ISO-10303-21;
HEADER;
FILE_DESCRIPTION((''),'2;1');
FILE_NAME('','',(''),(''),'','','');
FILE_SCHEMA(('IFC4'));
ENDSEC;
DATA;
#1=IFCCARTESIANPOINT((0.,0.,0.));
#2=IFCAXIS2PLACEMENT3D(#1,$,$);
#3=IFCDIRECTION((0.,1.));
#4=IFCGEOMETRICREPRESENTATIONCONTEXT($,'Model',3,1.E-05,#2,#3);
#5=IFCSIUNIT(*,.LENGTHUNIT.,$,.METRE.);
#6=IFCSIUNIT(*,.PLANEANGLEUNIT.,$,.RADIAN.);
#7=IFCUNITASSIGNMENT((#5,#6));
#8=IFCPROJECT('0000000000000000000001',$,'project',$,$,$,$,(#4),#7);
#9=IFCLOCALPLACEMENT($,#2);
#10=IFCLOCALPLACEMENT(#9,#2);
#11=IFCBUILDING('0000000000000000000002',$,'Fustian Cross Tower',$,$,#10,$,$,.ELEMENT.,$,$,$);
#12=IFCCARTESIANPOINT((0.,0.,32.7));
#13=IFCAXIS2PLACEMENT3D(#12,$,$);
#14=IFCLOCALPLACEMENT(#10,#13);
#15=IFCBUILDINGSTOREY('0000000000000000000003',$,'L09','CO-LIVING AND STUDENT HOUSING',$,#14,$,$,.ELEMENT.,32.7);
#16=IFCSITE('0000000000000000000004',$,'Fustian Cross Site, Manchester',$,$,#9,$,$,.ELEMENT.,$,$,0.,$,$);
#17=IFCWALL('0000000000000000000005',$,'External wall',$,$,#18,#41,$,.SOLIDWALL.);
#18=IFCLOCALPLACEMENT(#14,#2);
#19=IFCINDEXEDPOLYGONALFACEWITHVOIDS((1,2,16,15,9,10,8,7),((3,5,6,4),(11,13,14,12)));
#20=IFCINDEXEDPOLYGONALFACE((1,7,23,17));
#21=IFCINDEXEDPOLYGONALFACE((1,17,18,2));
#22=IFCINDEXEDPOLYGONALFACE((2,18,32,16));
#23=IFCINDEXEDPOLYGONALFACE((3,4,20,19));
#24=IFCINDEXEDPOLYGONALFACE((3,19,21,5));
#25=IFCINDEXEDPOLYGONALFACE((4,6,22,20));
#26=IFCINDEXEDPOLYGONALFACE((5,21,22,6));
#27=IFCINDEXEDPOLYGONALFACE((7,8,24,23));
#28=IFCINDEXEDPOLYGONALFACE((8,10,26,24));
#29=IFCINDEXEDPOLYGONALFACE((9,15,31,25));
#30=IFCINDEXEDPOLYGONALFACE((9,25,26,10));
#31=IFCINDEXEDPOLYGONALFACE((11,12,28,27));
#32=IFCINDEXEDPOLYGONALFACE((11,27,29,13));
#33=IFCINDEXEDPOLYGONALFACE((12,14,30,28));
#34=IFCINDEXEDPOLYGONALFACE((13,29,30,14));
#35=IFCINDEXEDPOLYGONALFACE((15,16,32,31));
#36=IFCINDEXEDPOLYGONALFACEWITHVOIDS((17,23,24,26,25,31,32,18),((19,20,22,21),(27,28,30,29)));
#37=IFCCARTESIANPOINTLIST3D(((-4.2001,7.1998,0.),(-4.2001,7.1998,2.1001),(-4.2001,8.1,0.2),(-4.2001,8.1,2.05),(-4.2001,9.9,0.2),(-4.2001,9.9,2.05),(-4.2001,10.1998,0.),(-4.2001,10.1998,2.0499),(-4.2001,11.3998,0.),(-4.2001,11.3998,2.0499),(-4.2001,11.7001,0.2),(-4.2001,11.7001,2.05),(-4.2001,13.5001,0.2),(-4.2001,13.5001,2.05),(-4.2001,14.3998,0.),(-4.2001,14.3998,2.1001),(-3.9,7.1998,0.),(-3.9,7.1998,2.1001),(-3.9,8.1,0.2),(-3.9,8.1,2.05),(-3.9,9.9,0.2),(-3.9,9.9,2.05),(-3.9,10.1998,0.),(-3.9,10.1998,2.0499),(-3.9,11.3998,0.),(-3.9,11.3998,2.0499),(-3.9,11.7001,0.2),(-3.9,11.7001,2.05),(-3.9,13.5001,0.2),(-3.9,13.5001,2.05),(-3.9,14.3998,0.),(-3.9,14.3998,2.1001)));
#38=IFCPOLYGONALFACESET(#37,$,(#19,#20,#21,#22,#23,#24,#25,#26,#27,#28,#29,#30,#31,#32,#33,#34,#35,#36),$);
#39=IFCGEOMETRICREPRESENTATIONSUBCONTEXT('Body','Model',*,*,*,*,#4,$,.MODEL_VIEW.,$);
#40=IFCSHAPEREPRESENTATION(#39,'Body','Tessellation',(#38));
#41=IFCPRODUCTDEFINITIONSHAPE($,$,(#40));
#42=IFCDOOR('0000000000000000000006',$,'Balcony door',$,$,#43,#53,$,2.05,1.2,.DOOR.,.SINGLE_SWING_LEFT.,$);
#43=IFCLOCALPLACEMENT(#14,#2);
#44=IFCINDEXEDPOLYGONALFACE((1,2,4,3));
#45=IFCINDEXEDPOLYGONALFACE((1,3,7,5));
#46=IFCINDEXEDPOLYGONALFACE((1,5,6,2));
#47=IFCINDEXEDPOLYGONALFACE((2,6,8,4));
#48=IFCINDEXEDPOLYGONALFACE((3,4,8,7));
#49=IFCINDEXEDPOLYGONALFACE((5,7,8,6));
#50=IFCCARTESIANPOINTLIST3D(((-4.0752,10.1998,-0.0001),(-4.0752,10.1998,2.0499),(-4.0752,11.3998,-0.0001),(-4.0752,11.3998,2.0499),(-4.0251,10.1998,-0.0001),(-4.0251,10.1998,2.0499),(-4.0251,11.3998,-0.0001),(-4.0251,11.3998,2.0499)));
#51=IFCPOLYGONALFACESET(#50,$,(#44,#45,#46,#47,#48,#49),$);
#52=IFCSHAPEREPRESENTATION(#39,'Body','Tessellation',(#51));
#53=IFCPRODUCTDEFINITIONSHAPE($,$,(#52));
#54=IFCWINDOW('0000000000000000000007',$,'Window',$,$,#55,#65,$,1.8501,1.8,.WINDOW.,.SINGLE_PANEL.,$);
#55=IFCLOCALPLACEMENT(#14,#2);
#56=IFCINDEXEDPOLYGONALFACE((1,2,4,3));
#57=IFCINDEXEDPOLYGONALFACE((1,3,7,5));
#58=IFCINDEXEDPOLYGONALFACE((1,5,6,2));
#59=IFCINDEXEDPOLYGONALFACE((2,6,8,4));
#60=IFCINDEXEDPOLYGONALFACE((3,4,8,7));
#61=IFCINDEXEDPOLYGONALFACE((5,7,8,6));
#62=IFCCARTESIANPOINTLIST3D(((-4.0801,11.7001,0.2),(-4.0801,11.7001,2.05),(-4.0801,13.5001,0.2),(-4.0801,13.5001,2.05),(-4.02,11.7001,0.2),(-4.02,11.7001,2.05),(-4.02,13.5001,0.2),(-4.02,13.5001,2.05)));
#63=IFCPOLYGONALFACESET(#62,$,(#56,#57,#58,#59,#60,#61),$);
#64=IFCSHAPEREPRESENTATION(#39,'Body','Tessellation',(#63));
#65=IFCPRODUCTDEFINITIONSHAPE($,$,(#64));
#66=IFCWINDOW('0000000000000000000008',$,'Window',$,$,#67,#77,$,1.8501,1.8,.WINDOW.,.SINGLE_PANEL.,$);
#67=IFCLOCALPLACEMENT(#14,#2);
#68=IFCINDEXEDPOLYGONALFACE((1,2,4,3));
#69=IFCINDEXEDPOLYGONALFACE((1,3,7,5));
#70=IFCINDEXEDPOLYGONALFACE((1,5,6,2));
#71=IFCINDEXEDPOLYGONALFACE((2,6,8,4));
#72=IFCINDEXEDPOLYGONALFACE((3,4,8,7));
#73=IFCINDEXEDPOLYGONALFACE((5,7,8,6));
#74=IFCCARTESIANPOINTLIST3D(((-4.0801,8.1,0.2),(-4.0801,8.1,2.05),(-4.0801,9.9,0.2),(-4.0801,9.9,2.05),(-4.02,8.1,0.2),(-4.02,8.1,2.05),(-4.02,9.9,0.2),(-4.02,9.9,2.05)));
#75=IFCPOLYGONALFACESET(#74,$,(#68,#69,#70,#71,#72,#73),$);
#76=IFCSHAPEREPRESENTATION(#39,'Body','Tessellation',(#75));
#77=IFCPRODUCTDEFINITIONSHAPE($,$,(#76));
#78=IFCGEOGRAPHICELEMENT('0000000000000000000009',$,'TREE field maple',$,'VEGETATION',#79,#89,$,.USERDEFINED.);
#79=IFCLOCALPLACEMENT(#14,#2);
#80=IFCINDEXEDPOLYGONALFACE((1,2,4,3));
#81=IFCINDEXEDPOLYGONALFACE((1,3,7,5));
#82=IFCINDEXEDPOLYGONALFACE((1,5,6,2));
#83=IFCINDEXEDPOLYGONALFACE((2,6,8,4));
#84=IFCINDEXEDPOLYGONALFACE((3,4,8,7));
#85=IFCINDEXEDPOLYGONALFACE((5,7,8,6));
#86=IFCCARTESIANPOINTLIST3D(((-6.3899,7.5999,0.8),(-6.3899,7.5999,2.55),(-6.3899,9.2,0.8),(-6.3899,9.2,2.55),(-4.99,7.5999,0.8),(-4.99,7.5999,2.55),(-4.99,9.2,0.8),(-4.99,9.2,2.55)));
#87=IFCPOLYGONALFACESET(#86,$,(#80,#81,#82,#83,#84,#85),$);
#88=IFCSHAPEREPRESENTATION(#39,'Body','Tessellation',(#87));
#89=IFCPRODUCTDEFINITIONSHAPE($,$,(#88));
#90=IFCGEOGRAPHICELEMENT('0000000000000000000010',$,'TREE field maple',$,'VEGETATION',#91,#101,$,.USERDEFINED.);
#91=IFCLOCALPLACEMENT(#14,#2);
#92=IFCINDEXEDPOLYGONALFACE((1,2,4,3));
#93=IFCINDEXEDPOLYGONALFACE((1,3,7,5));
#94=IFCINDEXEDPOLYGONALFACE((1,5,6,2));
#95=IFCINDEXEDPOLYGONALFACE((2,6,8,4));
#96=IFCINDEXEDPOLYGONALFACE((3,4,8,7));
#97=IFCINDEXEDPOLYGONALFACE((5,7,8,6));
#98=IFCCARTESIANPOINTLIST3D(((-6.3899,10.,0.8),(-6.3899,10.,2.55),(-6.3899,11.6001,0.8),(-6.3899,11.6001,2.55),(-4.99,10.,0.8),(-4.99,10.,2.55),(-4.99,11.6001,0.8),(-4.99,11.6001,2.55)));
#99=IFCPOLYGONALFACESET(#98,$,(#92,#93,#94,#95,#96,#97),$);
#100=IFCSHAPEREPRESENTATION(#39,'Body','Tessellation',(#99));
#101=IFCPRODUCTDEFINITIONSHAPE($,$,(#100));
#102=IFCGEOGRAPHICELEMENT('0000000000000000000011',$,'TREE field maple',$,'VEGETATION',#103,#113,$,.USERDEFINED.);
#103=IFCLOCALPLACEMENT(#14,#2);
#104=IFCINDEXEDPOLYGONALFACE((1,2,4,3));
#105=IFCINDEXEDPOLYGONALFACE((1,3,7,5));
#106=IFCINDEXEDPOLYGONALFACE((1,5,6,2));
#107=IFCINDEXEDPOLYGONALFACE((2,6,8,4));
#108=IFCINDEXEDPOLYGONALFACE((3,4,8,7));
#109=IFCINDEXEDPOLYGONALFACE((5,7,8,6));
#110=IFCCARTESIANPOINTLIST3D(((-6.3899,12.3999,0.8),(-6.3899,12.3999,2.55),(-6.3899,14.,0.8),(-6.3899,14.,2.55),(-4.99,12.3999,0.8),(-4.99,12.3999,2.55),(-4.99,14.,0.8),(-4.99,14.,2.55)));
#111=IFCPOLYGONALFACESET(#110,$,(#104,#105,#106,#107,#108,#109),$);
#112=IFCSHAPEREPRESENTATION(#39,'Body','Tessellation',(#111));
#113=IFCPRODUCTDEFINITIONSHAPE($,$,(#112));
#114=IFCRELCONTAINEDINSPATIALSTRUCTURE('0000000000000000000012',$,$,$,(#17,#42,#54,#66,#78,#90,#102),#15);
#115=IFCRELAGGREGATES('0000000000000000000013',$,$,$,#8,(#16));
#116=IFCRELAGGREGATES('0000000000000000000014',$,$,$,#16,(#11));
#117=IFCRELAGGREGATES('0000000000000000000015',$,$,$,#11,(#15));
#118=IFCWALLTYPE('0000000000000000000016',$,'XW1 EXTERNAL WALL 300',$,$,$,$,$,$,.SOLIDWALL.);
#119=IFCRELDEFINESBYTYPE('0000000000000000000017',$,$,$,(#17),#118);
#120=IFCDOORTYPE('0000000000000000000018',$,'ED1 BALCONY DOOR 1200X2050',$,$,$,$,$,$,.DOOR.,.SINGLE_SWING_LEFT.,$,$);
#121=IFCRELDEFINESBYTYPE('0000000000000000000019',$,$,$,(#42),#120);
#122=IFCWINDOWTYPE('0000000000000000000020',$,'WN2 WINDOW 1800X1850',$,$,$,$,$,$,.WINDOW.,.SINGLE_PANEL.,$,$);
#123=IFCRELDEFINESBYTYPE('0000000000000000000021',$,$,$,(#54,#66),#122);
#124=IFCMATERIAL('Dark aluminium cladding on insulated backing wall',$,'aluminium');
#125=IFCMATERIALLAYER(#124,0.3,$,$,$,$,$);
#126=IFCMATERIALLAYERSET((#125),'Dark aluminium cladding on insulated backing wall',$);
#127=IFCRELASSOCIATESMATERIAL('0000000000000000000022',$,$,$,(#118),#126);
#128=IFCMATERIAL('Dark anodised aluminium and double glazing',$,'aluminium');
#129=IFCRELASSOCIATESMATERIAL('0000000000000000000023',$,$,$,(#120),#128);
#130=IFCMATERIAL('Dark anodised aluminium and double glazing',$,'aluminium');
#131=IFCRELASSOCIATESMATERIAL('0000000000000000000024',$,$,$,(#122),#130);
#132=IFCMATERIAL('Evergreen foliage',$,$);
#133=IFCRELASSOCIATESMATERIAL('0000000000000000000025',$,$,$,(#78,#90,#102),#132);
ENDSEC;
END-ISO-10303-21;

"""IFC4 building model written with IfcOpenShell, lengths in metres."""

from ifc_helpers import new_model, si_unit, direction, frame, frame_2d, origin, origin_2d, place, context, subcontext, project, spatial, rectangle, extrude, material, layer, layer_set, type_object, element, fill, save


model = new_model("IFC4")

# Units and contexts
model_context = context("Model", 3, precision=1e-05, world=origin(), true_north=direction((0.0, 1.0)))
body_context = subcontext(model_context, "Body", "Model", "MODEL_VIEW")
ifc_project = project(units=[si_unit("LENGTHUNIT", "METRE"), si_unit("PLANEANGLEUNIT", "RADIAN")], contexts=[model_context])

# Site, building, storey
site_placement = place(None, origin())
site = spatial("IfcSite", under=ifc_project, at=site_placement, Name="Fustian Cross Site, Manchester", CompositionType="ELEMENT", RefElevation=0.0)
building_placement = place(site_placement, origin())
building = spatial("IfcBuilding", under=site, at=building_placement, Name="Fustian Cross Tower", CompositionType="ELEMENT")
storey_placement = place(building_placement, frame((0.0, 0.0, 32.7)))
storey = spatial("IfcBuildingStorey", under=building, at=storey_placement, Name="L09", Description="CO-LIVING AND STUDENT HOUSING", CompositionType="ELEMENT", Elevation=32.7)

# Shared definitions
ifc_material_1 = material(Name="Dark aluminium cladding on insulated backing wall", Category="aluminium")
ifc_layer_1 = layer(ifc_material_1, 0.3)
ifc_layer_set_1 = layer_set([ifc_layer_1], Name="Dark aluminium cladding on insulated backing wall")
wall_type_1 = type_object("IfcWallType", Name="XW1 EXTERNAL WALL 300", PredefinedType="SOLIDWALL", material=ifc_layer_set_1)

# Wall, openings, door, windows
wall_1_placement = place(storey_placement, frame((-4.05, 14.3999, 0.0), z_axis=(0.0, 0.0, 1.0), x_axis=(0.0, -1.0, 0.0)))
wall_1 = element("IfcWall", 1, at=wall_1_placement, inside=storey, type_object=wall_type_1, Name="External wall", PredefinedType="SOLIDWALL", context=body_context, shape_type="SweptSolid", body=[
    extrude(rectangle(XDim=7.2, YDim=0.3, at=frame_2d((3.6001, 0.0))), origin(), (0.0, 0.0, 1.0), 2.1001),
])
opening_1_placement = place(wall_1_placement, frame((3.0, 0.0, 0.0)))
opening_1 = element("IfcOpeningElement", 2, at=opening_1_placement, cuts=wall_1, PredefinedType="OPENING", context=body_context, shape_type="SweptSolid", body=[
    extrude(rectangle(XDim=1.2, YDim=2.05, at=frame_2d((0.6001, 1.0249))), frame((0.0, 0.1599, 0.0), z_axis=(0.0, -1.0, 0.0), x_axis=(1.0, 0.0, 0.0)), (0.0, 0.0, 1.0), 0.3201),
])
opening_2_placement = place(wall_1_placement, frame((0.8999, 0.0, 0.2)))
opening_2 = element("IfcOpeningElement", 3, at=opening_2_placement, cuts=wall_1, PredefinedType="OPENING", context=body_context, shape_type="SweptSolid", body=[
    extrude(rectangle(XDim=1.8, YDim=1.8501, at=frame_2d((0.8999, 0.925))), frame((0.0, 0.1599, 0.0), z_axis=(0.0, -1.0, 0.0), x_axis=(1.0, 0.0, 0.0)), (0.0, 0.0, 1.0), 0.3201),
])
opening_3_placement = place(wall_1_placement, frame((4.5, 0.0, 0.2)))
opening_3 = element("IfcOpeningElement", 4, at=opening_3_placement, cuts=wall_1, PredefinedType="OPENING", context=body_context, shape_type="SweptSolid", body=[
    extrude(rectangle(XDim=1.8, YDim=1.8501, at=frame_2d((0.8999, 0.925))), frame((0.0, 0.1599, 0.0), z_axis=(0.0, -1.0, 0.0), x_axis=(1.0, 0.0, 0.0)), (0.0, 0.0, 1.0), 0.3201),
])
ifc_material_2 = material(Name="Dark anodised aluminium and double glazing", Category="aluminium")
door_type_1 = type_object("IfcDoorType", Name="ED1 BALCONY DOOR 1200X2050", OperationType="SINGLE_SWING_LEFT", PredefinedType="DOOR", material=ifc_material_2)
door_1_placement = place(opening_1_placement, origin())
door_1 = element("IfcDoor", 5, at=door_1_placement, inside=storey, type_object=door_type_1, Name="Balcony door", OperationType="SINGLE_SWING_LEFT", OverallHeight=2.05, OverallWidth=1.2, PredefinedType="DOOR", context=body_context, shape_type="SweptSolid", body=[
    extrude(rectangle(XDim=1.2, YDim=2.05, at=frame_2d((0.6001, 1.0249))), frame((0.0, 0.0249, 0.0), z_axis=(0.0, -1.0, 0.0), x_axis=(1.0, 0.0, 0.0)), (0.0, 0.0, 1.0), 0.05),
])
fill(opening_1, door_1)
ifc_material_3 = material(Name="Dark anodised aluminium and double glazing", Category="aluminium")
window_type_1 = type_object("IfcWindowType", Name="WN2 WINDOW 1800X1850", PartitioningType="SINGLE_PANEL", PredefinedType="WINDOW", material=ifc_material_3)
window_1_placement = place(opening_2_placement, origin())
window_1 = element("IfcWindow", 6, at=window_1_placement, inside=storey, type_object=window_type_1, Name="Window", OverallHeight=1.8501, OverallWidth=1.8, PartitioningType="SINGLE_PANEL", PredefinedType="WINDOW", context=body_context, shape_type="SweptSolid", body=[
    extrude(rectangle(XDim=1.8, YDim=1.8501, at=frame_2d((0.8999, 0.925))), frame((0.0, 0.03, 0.0), z_axis=(0.0, -1.0, 0.0), x_axis=(1.0, 0.0, 0.0)), (0.0, 0.0, 1.0), 0.0601),
])
fill(opening_2, window_1)
window_2_placement = place(opening_3_placement, origin())
window_2 = element("IfcWindow", 7, at=window_2_placement, inside=storey, type_object=window_type_1, Name="Window", OverallHeight=1.8501, OverallWidth=1.8, PartitioningType="SINGLE_PANEL", PredefinedType="WINDOW", context=body_context, shape_type="SweptSolid", body=[
    extrude(rectangle(XDim=1.8, YDim=1.8501, at=frame_2d((0.8999, 0.925))), frame((0.0, 0.03, 0.0), z_axis=(0.0, -1.0, 0.0), x_axis=(1.0, 0.0, 0.0)), (0.0, 0.0, 1.0), 0.0601),
])
fill(opening_3, window_2)

# Geographic elements
ifc_material_4 = material(Name="Evergreen foliage")
for number, where, z_axis, x_axis, name in (
    (8, (-5.6899, 8.3999, 0.8), (0.0, 0.0, 1.0), (1.0, 0.0, 0.0), "TREE field maple"),
    (9, (-5.6899, 10.8, 0.8), (0.0, 0.0, 1.0), (1.0, 0.0, 0.0), "TREE field maple"),
    (10, (-5.6899, 13.2, 0.8), (0.0, 0.0, 1.0), (1.0, 0.0, 0.0), "TREE field maple"),
):
    element("IfcGeographicElement", number, at=place(storey_placement, frame(where, z_axis=z_axis, x_axis=x_axis)), inside=storey, material=ifc_material_4, Name=name, ObjectType="VEGETATION", PredefinedType="USERDEFINED", context=body_context, shape_type="SweptSolid", body=[
        extrude(rectangle(XDim=1.3999, YDim=1.6001, at=origin_2d()), origin(), (0.0, 0.0, 1.0), 1.75),
    ])

save(model, "model.ifc")
